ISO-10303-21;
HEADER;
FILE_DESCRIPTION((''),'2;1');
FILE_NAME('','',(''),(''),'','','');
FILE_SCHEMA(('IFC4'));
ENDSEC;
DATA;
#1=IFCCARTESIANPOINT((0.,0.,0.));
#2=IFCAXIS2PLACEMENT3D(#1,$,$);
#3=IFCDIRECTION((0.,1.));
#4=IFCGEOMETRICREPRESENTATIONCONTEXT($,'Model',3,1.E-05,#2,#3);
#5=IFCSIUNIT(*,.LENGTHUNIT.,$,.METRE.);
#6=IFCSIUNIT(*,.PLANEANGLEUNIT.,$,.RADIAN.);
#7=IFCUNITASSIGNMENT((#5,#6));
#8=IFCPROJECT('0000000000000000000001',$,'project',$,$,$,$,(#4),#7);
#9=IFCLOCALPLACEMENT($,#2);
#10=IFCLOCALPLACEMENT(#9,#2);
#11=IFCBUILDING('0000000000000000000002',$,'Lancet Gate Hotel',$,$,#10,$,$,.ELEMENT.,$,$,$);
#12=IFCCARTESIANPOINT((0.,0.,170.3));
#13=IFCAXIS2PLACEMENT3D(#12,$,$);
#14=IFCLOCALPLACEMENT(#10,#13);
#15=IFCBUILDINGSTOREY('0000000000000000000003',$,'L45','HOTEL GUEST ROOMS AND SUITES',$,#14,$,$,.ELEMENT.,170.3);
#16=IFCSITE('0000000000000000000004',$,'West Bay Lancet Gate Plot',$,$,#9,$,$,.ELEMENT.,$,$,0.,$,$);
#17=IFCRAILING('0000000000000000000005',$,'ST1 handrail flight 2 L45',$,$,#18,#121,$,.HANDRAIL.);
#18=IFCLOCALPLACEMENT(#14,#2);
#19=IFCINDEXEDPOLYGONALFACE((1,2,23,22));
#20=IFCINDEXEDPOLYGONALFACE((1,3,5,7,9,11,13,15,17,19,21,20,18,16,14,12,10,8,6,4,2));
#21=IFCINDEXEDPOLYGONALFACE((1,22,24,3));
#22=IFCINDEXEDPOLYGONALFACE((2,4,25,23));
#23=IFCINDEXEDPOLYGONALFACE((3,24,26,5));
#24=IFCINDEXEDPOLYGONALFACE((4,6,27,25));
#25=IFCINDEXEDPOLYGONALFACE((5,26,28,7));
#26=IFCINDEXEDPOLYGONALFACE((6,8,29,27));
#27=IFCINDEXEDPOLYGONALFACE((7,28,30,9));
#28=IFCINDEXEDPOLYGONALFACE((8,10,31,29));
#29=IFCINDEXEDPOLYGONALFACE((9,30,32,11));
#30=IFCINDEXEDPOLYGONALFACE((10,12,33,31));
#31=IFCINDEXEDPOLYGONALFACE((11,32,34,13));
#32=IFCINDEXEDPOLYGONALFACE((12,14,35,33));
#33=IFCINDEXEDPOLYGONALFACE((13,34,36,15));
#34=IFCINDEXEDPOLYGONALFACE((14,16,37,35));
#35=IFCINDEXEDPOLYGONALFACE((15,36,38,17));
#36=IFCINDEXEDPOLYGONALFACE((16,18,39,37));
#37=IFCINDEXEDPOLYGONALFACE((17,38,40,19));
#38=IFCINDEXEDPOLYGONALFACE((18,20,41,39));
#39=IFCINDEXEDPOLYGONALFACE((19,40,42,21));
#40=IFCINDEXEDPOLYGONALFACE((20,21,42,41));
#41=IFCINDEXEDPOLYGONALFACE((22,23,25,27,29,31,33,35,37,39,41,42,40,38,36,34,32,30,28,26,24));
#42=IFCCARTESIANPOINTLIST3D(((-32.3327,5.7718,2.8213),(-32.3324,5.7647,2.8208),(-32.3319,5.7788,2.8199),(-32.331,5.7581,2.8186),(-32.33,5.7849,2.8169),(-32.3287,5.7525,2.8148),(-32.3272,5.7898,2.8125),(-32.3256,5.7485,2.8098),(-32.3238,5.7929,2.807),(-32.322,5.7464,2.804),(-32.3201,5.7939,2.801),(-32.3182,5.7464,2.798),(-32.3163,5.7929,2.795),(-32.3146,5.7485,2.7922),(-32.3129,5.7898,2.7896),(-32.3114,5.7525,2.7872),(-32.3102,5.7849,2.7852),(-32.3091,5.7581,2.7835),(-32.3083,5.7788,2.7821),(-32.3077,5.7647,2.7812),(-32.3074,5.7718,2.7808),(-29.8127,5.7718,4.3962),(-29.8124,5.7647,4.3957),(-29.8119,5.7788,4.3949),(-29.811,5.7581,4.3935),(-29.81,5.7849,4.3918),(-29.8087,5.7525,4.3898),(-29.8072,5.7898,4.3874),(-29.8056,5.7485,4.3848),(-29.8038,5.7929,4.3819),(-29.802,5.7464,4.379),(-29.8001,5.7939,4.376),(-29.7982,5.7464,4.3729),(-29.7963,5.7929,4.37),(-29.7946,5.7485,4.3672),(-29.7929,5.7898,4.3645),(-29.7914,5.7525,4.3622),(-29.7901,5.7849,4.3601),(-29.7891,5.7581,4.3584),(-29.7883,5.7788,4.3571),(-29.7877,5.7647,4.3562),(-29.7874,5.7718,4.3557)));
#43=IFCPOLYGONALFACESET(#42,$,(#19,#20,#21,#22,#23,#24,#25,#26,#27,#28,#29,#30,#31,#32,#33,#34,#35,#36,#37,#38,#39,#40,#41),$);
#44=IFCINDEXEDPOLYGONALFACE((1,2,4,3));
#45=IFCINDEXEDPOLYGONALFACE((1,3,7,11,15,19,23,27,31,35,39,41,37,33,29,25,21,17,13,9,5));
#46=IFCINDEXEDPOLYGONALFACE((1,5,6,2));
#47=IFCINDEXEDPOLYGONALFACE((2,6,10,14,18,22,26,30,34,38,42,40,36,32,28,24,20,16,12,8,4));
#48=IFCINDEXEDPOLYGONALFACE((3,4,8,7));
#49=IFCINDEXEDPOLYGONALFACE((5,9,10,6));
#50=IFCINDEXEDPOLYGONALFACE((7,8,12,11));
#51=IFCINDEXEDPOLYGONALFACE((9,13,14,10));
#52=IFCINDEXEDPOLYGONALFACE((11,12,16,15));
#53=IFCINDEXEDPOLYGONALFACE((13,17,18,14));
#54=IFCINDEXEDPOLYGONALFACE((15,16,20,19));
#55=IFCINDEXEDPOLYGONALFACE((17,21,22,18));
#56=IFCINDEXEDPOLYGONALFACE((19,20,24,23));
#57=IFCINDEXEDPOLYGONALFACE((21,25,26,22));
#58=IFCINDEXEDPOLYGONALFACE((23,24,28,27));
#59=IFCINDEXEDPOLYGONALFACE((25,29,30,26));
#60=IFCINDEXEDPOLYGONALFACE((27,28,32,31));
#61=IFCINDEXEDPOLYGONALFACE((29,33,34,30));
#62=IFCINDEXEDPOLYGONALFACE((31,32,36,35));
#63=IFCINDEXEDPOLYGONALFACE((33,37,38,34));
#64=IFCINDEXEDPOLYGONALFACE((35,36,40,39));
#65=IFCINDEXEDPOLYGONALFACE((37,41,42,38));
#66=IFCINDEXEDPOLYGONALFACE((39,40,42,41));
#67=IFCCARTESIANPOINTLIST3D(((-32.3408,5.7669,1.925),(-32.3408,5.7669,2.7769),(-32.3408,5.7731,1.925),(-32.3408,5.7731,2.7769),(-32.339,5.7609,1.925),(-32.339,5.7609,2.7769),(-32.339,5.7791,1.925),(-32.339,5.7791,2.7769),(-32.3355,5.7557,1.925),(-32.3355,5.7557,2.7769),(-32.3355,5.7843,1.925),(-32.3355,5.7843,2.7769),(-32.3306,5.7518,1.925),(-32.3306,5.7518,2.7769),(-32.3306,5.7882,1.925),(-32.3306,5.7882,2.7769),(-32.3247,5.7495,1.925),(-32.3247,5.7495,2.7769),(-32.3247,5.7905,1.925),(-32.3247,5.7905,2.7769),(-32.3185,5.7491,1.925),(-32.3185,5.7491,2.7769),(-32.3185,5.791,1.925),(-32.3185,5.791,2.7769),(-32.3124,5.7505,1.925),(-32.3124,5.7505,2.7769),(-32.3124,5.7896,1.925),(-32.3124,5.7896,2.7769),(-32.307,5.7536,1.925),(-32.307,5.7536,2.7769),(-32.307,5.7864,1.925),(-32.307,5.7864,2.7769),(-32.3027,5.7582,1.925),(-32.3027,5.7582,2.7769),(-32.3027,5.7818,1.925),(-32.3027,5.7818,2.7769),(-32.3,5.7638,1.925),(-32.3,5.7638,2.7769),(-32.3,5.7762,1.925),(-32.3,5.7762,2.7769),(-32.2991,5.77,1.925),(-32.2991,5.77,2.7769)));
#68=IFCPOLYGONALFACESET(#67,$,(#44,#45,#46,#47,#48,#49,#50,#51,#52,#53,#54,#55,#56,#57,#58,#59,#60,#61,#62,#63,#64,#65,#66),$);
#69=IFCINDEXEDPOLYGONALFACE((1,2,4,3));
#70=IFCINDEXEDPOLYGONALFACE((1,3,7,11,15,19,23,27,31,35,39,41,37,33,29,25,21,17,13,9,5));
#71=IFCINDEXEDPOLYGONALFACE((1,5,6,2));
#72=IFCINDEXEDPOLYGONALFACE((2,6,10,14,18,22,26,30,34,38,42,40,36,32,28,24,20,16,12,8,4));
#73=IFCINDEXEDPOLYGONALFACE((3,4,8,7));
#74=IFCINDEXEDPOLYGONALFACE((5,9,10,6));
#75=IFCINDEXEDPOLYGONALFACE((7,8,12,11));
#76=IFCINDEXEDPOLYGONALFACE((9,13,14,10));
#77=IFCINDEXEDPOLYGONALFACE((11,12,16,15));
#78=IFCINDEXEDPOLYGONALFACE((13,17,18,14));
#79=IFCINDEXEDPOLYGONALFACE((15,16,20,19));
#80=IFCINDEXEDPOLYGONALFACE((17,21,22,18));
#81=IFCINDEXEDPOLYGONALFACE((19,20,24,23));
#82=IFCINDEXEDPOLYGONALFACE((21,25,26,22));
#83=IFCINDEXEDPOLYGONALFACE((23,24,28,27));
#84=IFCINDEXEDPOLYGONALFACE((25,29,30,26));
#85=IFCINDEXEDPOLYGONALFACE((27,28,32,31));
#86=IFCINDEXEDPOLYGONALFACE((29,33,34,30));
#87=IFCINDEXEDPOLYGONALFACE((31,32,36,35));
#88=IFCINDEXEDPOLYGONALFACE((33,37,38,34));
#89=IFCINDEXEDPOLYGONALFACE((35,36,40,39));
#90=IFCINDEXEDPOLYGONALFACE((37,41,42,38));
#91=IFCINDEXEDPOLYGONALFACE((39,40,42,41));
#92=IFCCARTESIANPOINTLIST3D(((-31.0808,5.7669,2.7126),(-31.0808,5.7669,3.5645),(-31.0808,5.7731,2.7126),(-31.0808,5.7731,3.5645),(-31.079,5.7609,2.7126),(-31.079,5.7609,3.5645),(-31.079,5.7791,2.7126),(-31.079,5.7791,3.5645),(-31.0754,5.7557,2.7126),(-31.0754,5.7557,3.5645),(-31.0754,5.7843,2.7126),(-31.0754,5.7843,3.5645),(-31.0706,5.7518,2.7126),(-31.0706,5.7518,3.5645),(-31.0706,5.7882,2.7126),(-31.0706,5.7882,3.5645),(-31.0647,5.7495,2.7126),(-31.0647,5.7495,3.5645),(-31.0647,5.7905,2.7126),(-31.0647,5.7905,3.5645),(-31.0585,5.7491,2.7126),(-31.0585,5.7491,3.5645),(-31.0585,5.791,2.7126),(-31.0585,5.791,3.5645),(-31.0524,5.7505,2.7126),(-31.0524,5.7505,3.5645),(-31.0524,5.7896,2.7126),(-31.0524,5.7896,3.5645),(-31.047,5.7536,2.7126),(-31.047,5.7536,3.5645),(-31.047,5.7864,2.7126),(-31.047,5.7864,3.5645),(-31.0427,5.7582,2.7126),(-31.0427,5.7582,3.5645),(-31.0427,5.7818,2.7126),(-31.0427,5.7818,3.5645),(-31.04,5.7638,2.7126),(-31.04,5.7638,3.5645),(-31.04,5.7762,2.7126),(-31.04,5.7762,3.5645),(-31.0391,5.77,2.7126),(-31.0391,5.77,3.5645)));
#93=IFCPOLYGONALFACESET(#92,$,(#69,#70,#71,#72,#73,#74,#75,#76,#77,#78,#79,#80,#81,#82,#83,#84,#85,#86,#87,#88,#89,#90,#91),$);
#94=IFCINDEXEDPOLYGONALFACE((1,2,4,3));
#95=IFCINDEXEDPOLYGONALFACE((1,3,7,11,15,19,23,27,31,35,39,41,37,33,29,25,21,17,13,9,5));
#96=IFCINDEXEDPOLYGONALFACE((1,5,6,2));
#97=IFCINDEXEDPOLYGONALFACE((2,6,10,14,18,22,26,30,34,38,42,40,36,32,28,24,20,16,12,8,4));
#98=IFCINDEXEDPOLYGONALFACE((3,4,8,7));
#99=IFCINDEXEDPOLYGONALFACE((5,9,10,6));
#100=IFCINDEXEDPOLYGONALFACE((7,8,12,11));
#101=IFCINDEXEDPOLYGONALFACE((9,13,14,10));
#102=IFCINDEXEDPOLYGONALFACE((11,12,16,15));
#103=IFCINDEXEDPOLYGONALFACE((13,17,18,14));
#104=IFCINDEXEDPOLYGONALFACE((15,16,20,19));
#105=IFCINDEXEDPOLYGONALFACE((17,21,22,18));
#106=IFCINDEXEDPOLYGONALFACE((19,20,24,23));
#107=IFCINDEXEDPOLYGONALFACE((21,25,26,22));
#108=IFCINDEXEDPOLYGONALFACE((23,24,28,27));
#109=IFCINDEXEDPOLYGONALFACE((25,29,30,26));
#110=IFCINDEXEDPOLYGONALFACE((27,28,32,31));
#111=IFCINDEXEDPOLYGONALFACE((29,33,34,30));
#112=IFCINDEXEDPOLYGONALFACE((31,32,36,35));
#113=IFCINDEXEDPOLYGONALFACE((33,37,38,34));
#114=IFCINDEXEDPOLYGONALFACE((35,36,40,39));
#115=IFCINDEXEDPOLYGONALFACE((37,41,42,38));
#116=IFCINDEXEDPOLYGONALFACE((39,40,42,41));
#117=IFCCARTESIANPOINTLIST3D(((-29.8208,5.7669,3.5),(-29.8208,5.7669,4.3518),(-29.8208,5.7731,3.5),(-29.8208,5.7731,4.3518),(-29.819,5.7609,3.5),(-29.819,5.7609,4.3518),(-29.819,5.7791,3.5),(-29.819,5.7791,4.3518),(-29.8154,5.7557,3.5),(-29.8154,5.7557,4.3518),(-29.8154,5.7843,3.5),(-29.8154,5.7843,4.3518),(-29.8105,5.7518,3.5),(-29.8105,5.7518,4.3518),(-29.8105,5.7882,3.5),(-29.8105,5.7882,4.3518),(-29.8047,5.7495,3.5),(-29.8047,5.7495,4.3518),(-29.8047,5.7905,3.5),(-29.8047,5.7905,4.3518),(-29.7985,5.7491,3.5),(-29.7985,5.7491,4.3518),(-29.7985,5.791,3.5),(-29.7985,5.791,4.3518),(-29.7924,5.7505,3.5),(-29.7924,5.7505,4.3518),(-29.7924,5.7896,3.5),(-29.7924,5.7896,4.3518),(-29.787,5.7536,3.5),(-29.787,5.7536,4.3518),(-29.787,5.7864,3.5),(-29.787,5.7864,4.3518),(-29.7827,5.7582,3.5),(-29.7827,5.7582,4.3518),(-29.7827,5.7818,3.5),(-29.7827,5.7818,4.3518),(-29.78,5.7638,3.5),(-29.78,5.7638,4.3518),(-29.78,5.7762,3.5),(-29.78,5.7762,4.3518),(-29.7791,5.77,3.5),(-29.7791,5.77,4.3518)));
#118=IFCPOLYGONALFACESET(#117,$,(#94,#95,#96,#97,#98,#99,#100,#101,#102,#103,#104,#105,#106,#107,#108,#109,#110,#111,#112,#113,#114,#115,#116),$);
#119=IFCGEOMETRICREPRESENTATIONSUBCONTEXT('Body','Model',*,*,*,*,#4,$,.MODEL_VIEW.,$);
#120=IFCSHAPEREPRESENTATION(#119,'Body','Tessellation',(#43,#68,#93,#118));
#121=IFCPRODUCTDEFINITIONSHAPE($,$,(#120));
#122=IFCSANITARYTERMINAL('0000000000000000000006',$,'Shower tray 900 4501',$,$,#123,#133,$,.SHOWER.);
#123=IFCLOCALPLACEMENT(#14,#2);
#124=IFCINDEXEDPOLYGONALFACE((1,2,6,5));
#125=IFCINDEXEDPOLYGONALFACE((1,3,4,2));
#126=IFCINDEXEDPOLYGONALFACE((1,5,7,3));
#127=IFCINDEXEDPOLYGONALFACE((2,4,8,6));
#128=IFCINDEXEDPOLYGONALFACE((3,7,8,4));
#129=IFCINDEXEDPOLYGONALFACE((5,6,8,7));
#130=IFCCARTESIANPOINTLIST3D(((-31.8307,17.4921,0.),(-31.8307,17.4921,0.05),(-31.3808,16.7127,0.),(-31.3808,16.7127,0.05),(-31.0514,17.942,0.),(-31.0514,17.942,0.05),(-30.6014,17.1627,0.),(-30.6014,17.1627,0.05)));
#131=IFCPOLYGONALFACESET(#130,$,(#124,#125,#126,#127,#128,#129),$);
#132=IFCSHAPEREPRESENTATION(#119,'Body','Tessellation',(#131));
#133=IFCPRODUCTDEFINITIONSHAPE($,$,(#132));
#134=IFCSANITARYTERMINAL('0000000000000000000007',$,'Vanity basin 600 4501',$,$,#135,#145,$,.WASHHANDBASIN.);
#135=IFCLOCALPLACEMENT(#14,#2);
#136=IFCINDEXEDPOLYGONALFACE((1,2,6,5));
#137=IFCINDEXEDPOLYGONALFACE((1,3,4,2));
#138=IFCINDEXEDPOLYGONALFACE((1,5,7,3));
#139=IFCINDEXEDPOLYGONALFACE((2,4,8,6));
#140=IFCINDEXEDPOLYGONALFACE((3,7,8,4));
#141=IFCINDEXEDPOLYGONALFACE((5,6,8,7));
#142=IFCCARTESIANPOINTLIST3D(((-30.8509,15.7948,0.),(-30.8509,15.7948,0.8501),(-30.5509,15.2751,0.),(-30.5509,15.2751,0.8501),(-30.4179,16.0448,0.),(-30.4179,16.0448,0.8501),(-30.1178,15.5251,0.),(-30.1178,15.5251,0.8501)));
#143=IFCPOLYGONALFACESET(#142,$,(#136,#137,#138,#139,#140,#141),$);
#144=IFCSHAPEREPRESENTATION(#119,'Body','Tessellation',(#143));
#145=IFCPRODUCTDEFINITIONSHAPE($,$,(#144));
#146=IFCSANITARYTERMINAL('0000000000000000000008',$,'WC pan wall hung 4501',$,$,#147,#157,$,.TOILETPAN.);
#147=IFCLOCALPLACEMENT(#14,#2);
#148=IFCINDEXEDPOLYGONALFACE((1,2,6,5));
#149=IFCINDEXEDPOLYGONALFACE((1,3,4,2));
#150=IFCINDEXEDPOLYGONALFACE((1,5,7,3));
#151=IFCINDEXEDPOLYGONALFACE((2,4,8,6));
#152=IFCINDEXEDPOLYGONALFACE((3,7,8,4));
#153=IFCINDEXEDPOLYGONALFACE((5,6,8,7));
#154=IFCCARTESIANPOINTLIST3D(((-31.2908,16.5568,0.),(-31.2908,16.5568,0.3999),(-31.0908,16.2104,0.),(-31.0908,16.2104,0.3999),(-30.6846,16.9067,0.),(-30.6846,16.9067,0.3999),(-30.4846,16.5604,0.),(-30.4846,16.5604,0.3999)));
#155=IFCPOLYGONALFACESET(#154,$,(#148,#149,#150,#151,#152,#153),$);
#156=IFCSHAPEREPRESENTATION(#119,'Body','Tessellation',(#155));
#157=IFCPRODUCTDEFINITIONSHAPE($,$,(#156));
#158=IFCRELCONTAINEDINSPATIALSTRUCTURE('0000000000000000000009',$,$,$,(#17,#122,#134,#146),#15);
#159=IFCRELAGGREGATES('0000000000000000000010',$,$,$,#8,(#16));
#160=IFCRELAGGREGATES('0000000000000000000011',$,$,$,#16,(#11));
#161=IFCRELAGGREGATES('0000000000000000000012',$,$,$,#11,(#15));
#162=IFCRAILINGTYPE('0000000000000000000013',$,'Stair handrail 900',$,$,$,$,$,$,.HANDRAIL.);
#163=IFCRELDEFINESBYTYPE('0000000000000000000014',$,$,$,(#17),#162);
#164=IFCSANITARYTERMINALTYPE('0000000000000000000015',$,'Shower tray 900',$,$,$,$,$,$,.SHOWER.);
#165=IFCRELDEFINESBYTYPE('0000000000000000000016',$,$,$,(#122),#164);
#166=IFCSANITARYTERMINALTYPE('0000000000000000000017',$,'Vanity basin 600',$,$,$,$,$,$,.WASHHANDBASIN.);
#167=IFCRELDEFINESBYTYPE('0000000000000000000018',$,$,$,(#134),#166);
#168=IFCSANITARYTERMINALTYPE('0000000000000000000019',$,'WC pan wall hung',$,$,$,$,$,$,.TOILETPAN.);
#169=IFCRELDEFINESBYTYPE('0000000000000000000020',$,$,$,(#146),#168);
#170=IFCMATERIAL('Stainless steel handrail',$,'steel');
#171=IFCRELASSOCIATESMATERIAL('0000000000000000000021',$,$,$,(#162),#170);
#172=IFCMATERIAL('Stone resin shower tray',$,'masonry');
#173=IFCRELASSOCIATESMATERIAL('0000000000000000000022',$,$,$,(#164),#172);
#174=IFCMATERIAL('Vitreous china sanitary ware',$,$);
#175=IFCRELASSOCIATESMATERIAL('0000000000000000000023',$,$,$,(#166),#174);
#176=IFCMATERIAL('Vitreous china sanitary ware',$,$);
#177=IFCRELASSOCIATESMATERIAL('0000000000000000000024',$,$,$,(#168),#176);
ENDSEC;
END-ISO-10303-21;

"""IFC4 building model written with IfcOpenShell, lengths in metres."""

from ifc_helpers import new_model, si_unit, direction, frame, origin, origin_2d, place, context, subcontext, project, spatial, rectangle, circle, extrude, material, type_object, element, save


model = new_model("IFC4")

# Units and contexts
model_context = context("Model", 3, precision=1e-05, world=origin(), true_north=direction((0.0, 1.0)))
body_context = subcontext(model_context, "Body", "Model", "MODEL_VIEW")
ifc_project = project(units=[si_unit("LENGTHUNIT", "METRE"), si_unit("PLANEANGLEUNIT", "RADIAN")], contexts=[model_context])

# Site, building, storey
site_placement = place(None, origin())
site = spatial("IfcSite", under=ifc_project, at=site_placement, Name="West Bay Lancet Gate Plot", CompositionType="ELEMENT", RefElevation=0.0)
building_placement = place(site_placement, origin())
building = spatial("IfcBuilding", under=site, at=building_placement, Name="Lancet Gate Hotel", CompositionType="ELEMENT")
storey_placement = place(building_placement, frame((0.0, 0.0, 170.3)))
storey = spatial("IfcBuildingStorey", under=building, at=storey_placement, Name="L45", Description="HOTEL GUEST ROOMS AND SUITES", CompositionType="ELEMENT", Elevation=170.3)

# Railing
ifc_material_1 = material(Name="Stainless steel handrail", Category="steel")
railing_type = type_object("IfcRailingType", Name="Stair handrail 900", PredefinedType="HANDRAIL", material=ifc_material_1)
railing_1_placement = place(storey_placement, frame((-32.3201, 5.77, 1.925)))
element("IfcRailing", 1, at=railing_1_placement, inside=storey, type_object=railing_type, Name="ST1 handrail flight 2 L45", PredefinedType="HANDRAIL", context=body_context, shape_type="SweptSolid", body=[
    extrude(circle(Radius=0.0239, at=origin_2d()), frame((0.0, 0.0, 0.876), z_axis=(0.848008, 0.0, 0.529984), x_axis=(0.0, 1.0, 0.0)), (0.0, 0.0, 1.0), 2.9717),
    extrude(circle(Radius=0.021, at=origin_2d()), origin(), (0.0, 0.0, 1.0), 0.8518),
    extrude(circle(Radius=0.021, at=origin_2d()), frame((1.26, 0.0, 0.7876)), (0.0, 0.0, 1.0), 0.8518),
    extrude(circle(Radius=0.021, at=origin_2d()), frame((2.52, 0.0, 1.575)), (0.0, 0.0, 1.0), 0.8518),
])

# Sanitary terminals
ifc_material_2 = material(Name="Stone resin shower tray", Category="masonry")
sanitary_terminal_type_1 = type_object("IfcSanitaryTerminalType", Name="Shower tray 900", PredefinedType="SHOWER", material=ifc_material_2)
sanitary_terminal_1_placement = place(storey_placement, frame((-31.2161, 17.3274, 0.0), z_axis=(0.0, 0.0, 1.0), x_axis=(-0.5, 0.866025, 0.0)))
element("IfcSanitaryTerminal", 2, at=sanitary_terminal_1_placement, inside=storey, type_object=sanitary_terminal_type_1, Name="Shower tray 900 4501", PredefinedType="SHOWER", context=body_context, shape_type="SweptSolid", body=[
    extrude(rectangle(XDim=0.8999, YDim=0.8999, at=origin_2d()), origin(), (0.0, 0.0, 1.0), 0.05),
])
ifc_material_3 = material(Name="Vitreous china sanitary ware")
sanitary_terminal_type_2 = type_object("IfcSanitaryTerminalType", Name="Vanity basin 600", PredefinedType="WASHHANDBASIN", material=ifc_material_3)
sanitary_terminal_2_placement = place(storey_placement, frame((-30.4844, 15.6599, 0.0), z_axis=(0.0, 0.0, 1.0), x_axis=(-0.5, 0.866025, 0.0)))
element("IfcSanitaryTerminal", 3, at=sanitary_terminal_2_placement, inside=storey, type_object=sanitary_terminal_type_2, Name="Vanity basin 600 4501", PredefinedType="WASHHANDBASIN", context=body_context, shape_type="SweptSolid", body=[
    extrude(rectangle(XDim=0.6001, YDim=0.5, at=origin_2d()), origin(), (0.0, 0.0, 1.0), 0.8501),
])
ifc_material_4 = material(Name="Vitreous china sanitary ware")
sanitary_terminal_type_3 = type_object("IfcSanitaryTerminalType", Name="WC pan wall hung", PredefinedType="TOILETPAN", material=ifc_material_4)
sanitary_terminal_3_placement = place(storey_placement, frame((-30.8877, 16.5586, 0.0), z_axis=(0.0, 0.0, 1.0), x_axis=(-0.5, 0.866025, 0.0)))
element("IfcSanitaryTerminal", 4, at=sanitary_terminal_3_placement, inside=storey, type_object=sanitary_terminal_type_3, Name="WC pan wall hung 4501", PredefinedType="TOILETPAN", context=body_context, shape_type="SweptSolid", body=[
    extrude(rectangle(XDim=0.3999, YDim=0.7, at=origin_2d()), origin(), (0.0, 0.0, 1.0), 0.3999),
])

save(model, "model.ifc")
